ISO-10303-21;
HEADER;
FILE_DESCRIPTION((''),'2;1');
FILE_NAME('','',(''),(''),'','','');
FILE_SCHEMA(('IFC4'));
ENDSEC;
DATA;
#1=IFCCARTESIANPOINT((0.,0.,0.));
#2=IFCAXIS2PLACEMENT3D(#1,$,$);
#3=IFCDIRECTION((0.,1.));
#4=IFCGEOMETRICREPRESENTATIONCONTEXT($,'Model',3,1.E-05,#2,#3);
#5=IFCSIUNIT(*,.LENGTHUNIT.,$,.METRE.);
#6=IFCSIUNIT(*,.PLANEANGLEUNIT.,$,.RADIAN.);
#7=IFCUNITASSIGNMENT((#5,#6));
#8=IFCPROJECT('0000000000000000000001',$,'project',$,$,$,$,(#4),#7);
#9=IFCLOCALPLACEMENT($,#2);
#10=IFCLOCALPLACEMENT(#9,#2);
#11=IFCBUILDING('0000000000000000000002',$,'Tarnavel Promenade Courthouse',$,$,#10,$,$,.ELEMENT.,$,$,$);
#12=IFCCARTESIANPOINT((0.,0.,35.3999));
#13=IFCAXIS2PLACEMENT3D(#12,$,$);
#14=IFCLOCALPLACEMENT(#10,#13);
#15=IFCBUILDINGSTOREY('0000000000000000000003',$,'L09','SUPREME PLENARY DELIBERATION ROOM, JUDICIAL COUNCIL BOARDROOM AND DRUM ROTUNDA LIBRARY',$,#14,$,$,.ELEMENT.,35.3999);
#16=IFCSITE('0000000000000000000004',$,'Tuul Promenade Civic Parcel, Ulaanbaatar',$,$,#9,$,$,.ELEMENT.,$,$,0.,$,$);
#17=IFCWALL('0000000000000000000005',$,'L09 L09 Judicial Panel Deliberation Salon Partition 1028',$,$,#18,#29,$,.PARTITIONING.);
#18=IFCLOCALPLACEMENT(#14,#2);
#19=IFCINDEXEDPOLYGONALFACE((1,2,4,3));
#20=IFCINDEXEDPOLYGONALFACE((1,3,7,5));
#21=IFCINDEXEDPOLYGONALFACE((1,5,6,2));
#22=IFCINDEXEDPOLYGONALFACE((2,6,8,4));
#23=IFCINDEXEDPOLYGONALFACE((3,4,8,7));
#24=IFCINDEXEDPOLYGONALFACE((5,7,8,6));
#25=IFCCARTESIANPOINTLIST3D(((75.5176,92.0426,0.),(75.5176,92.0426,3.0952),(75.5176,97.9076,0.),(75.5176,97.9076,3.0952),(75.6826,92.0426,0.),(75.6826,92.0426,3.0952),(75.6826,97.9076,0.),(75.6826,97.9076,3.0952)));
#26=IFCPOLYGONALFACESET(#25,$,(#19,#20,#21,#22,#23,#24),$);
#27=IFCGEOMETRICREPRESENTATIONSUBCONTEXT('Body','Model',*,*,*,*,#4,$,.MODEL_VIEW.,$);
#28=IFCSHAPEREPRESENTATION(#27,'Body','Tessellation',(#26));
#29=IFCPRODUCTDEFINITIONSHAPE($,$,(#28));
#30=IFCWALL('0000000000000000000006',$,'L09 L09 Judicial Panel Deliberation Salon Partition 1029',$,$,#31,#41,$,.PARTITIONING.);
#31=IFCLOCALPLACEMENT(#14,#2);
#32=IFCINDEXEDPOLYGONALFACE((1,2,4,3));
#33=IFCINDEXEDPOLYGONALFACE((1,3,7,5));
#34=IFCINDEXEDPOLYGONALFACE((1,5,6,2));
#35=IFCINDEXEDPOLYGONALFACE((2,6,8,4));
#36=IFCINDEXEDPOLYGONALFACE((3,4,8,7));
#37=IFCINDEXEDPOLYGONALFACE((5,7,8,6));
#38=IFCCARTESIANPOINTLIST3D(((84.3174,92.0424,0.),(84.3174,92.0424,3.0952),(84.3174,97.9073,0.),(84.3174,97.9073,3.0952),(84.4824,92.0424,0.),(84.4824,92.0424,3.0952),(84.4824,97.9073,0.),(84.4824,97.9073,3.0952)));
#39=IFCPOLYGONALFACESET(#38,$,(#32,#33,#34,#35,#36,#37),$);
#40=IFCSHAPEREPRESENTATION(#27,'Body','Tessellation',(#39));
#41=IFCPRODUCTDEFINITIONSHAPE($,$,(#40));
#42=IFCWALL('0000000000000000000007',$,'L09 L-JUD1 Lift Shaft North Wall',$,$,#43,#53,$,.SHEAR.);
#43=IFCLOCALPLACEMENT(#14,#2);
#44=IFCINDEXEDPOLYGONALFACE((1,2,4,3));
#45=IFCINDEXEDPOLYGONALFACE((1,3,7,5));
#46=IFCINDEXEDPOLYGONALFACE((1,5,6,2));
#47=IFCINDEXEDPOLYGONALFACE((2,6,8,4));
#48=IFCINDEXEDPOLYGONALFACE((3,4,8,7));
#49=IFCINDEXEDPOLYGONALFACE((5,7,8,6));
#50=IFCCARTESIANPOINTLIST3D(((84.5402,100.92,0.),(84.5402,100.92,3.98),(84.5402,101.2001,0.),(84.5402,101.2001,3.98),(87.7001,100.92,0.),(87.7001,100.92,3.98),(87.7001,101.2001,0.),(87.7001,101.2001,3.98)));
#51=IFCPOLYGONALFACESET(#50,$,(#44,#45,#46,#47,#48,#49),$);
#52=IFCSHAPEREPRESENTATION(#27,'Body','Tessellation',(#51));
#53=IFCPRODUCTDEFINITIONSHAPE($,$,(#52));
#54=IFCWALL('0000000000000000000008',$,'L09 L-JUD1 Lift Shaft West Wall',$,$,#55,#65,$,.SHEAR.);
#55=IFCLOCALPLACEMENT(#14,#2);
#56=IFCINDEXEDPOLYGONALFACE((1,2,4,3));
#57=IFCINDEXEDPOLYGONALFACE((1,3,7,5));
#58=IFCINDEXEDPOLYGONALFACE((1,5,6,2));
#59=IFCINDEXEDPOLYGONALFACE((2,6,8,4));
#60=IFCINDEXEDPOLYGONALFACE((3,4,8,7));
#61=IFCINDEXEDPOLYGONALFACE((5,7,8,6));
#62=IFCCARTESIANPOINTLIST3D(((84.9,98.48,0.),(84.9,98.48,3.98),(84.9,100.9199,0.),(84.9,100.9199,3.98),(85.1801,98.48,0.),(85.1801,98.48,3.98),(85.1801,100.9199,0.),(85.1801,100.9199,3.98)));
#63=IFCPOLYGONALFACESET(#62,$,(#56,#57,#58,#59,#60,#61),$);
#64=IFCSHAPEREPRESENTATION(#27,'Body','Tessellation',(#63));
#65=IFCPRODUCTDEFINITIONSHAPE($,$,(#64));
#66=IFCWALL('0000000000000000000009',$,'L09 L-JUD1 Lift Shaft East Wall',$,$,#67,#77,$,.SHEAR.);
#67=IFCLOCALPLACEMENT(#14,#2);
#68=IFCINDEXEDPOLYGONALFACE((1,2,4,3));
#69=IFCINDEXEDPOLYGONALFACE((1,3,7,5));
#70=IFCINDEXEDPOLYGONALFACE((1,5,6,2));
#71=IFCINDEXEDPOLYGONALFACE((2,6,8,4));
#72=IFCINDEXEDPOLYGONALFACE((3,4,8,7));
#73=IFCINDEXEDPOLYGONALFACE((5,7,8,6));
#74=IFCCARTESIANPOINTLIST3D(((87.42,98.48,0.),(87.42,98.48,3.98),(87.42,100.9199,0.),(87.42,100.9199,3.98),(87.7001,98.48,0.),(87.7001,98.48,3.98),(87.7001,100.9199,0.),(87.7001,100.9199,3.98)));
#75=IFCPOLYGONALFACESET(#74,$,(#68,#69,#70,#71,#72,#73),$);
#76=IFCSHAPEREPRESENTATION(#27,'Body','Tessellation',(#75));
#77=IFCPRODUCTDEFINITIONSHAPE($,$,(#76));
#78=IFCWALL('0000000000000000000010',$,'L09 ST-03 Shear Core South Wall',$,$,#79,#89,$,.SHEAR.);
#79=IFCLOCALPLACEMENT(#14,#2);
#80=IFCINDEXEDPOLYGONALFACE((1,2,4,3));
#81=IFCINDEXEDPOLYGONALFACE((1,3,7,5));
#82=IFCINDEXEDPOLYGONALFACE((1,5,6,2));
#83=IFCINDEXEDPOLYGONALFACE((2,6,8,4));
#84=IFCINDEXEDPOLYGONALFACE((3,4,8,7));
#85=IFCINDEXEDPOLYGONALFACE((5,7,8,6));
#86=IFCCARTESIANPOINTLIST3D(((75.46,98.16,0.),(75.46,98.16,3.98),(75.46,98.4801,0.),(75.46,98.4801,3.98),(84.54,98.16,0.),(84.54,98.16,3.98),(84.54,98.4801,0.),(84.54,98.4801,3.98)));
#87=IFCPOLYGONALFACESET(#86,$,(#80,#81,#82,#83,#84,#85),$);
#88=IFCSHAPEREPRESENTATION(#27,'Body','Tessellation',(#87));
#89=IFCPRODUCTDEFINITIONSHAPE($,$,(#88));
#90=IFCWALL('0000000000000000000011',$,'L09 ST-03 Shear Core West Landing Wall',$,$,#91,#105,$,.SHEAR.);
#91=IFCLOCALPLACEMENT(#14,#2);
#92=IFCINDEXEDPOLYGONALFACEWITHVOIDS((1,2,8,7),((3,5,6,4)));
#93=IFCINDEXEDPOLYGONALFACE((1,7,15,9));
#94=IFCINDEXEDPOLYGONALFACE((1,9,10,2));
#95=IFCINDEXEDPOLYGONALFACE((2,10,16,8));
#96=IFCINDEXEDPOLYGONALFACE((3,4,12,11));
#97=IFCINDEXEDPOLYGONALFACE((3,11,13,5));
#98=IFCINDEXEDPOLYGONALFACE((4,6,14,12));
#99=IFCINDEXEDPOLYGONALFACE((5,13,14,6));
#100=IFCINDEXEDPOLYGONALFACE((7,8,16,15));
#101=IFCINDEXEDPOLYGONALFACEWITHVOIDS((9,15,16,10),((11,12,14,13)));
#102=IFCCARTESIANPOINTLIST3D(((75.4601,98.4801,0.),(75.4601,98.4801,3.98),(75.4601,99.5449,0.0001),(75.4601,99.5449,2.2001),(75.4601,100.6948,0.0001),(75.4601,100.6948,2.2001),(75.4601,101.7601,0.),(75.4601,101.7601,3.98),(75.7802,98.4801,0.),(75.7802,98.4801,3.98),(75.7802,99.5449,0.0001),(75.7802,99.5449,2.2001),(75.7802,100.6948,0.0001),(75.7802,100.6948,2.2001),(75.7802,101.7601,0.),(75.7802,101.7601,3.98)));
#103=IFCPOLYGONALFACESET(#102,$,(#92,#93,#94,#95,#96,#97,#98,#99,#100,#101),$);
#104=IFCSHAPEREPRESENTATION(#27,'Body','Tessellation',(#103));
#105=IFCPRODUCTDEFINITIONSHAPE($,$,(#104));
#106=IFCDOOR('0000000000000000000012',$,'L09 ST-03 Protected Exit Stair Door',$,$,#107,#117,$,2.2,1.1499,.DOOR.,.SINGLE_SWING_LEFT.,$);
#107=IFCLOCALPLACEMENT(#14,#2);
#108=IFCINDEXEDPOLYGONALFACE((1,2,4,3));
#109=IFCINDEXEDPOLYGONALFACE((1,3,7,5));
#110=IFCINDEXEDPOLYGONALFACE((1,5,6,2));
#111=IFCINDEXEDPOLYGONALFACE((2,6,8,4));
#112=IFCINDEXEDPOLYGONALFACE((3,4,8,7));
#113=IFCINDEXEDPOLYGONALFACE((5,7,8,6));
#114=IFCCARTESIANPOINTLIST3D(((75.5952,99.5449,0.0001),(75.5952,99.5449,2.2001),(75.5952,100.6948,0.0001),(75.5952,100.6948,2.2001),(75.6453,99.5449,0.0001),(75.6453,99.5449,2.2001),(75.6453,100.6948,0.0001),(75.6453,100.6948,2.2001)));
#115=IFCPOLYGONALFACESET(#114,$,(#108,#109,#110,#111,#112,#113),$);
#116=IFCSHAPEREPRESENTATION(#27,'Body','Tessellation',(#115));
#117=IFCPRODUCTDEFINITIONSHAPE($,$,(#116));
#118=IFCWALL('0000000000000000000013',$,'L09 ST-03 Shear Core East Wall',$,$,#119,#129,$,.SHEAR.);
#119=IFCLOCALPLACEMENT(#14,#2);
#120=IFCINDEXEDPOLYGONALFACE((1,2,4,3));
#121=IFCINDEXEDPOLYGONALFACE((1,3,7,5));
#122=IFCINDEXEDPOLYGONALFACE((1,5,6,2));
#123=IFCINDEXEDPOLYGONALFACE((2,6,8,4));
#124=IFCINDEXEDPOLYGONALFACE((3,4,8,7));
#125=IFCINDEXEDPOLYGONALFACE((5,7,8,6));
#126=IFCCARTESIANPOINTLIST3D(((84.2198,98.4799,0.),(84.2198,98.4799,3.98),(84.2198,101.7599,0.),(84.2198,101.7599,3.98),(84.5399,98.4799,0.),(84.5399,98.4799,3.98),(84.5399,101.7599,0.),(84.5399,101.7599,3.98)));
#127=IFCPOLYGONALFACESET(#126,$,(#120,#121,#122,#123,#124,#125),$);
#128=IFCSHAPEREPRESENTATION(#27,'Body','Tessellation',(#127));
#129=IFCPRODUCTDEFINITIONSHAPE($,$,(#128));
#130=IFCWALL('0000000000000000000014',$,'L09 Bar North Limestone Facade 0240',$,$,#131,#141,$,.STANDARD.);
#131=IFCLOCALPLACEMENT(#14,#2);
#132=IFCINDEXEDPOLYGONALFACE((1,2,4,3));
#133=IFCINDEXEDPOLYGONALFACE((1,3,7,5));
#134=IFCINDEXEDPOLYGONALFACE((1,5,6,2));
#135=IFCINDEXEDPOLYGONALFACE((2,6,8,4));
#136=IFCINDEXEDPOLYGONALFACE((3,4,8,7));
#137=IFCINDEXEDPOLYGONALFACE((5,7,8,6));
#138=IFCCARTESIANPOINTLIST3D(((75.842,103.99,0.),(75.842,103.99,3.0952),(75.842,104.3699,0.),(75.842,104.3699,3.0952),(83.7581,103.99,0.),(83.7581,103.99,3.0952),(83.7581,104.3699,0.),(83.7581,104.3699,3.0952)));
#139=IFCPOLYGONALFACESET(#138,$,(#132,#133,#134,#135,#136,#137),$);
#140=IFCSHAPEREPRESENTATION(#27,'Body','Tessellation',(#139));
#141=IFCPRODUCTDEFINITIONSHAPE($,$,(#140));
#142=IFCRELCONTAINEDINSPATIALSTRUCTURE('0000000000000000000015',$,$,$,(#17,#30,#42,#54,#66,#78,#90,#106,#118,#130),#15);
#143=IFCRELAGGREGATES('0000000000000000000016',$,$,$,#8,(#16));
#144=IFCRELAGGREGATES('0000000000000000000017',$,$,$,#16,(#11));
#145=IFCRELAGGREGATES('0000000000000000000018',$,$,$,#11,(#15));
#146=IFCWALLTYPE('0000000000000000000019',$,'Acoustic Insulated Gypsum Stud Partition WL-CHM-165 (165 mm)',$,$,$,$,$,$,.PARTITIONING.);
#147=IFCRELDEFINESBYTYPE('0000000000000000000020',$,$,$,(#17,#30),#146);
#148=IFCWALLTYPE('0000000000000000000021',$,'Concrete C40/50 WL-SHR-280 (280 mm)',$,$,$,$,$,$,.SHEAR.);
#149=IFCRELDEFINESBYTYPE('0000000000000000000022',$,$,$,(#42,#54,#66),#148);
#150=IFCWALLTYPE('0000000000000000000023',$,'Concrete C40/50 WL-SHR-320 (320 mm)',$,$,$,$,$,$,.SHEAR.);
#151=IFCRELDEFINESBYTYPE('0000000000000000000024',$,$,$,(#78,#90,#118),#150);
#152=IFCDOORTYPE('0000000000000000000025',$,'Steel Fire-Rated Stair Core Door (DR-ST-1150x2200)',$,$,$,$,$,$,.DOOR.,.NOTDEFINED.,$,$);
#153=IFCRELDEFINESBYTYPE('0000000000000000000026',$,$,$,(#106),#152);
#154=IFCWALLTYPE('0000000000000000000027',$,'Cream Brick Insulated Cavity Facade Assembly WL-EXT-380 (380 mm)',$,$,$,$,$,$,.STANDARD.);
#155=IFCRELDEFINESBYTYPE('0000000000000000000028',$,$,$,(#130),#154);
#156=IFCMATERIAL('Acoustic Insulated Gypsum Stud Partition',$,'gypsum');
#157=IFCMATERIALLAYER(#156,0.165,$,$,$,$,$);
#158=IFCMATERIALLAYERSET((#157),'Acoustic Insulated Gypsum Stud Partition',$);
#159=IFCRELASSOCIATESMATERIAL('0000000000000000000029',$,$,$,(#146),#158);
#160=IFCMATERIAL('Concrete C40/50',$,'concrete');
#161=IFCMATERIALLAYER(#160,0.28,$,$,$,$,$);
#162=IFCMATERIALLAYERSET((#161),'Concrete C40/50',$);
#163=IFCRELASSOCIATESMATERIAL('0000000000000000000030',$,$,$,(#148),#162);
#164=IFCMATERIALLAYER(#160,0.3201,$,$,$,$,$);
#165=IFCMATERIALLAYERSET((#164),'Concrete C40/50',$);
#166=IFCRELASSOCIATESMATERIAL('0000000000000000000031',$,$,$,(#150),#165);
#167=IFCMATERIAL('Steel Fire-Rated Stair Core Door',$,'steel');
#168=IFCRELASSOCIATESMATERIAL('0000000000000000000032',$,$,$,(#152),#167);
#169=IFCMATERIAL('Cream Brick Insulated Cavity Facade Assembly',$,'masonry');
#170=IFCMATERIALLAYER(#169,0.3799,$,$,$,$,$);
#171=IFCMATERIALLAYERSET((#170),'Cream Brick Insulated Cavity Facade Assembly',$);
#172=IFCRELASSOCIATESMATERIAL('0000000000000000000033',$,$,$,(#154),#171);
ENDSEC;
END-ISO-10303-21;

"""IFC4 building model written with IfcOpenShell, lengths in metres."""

from ifc_helpers import new_model, si_unit, direction, frame, frame_2d, origin, place, context, subcontext, project, spatial, rectangle, extrude, material, layer, layer_set, type_object, element, fill, save


model = new_model("IFC4")

# Units and contexts
model_context = context("Model", 3, precision=1e-05, world=origin(), true_north=direction((0.0, 1.0)))
body_context = subcontext(model_context, "Body", "Model", "MODEL_VIEW")
ifc_project = project(units=[si_unit("LENGTHUNIT", "METRE"), si_unit("PLANEANGLEUNIT", "RADIAN")], contexts=[model_context])

# Site, building, storey
site_placement = place(None, origin())
site = spatial("IfcSite", under=ifc_project, at=site_placement, Name="Tuul Promenade Civic Parcel, Ulaanbaatar", CompositionType="ELEMENT", RefElevation=0.0)
building_placement = place(site_placement, origin())
building = spatial("IfcBuilding", under=site, at=building_placement, Name="Tarnavel Promenade Courthouse", CompositionType="ELEMENT")
storey_placement = place(building_placement, frame((0.0, 0.0, 35.3999)))
storey = spatial("IfcBuildingStorey", under=building, at=storey_placement, Name="L09", Description="SUPREME PLENARY DELIBERATION ROOM, JUDICIAL COUNCIL BOARDROOM AND DRUM ROTUNDA LIBRARY", CompositionType="ELEMENT", Elevation=35.3999)

# Shared definitions
ifc_material_1 = material(Name="Concrete C40/50", Category="concrete")

# Shared definitions
ifc_material_2 = material(Name="Acoustic Insulated Gypsum Stud Partition", Category="gypsum")
ifc_layer_1 = layer(ifc_material_2, 0.165)
ifc_layer_set_1 = layer_set([ifc_layer_1], Name="Acoustic Insulated Gypsum Stud Partition")
wall_type_1 = type_object("IfcWallType", Name="Acoustic Insulated Gypsum Stud Partition WL-CHM-165 (165 mm)", PredefinedType="PARTITIONING", material=ifc_layer_set_1)

# Walls
for number, where, z_axis, x_axis, name in (
    (1, (75.6001, 92.0425, 0.0), (0.0, 0.0, 1.0), (0.0, 1.0, 0.0), "L09 L09 Judicial Panel Deliberation Salon Partition 1028"),
    (2, (84.3999, 97.9075, 0.0), (0.0, 0.0, 1.0), (0.0, -1.0, 0.0), "L09 L09 Judicial Panel Deliberation Salon Partition 1029"),
):
    element("IfcWall", number, at=place(storey_placement, frame(where, z_axis=z_axis, x_axis=x_axis)), inside=storey, type_object=wall_type_1, Name=name, PredefinedType="PARTITIONING", context=body_context, shape_type="SweptSolid", body=[
        extrude(rectangle(XDim=5.865, YDim=0.165, at=frame_2d((2.9326, 0.0))), origin(), (0.0, 0.0, 1.0), 3.0952),
    ])
ifc_layer_2 = layer(ifc_material_1, 0.28)
ifc_layer_set_2 = layer_set([ifc_layer_2], Name="Concrete C40/50")
wall_type_2 = type_object("IfcWallType", Name="Concrete C40/50 WL-SHR-280 (280 mm)", PredefinedType="SHEAR", material=ifc_layer_set_2)
wall_1_placement = place(storey_placement, frame((84.54, 101.0601, 0.0), z_axis=(0.0, 0.0, 1.0), x_axis=(1.0, 0.0, 0.0)))
element("IfcWall", 3, at=wall_1_placement, inside=storey, type_object=wall_type_2, Name="L09 L-JUD1 Lift Shaft North Wall", PredefinedType="SHEAR", context=body_context, shape_type="SweptSolid", body=[
    extrude(rectangle(XDim=3.1599, YDim=0.28, at=frame_2d((1.5801, 0.0))), origin(), (0.0, 0.0, 1.0), 3.98),
])

# Walls
for number, where, z_axis, x_axis, name in (
    (4, (85.04, 98.48, 0.0), (0.0, 0.0, 1.0), (0.0, 1.0, 0.0), "L09 L-JUD1 Lift Shaft West Wall"),
    (5, (87.5601, 100.9199, 0.0), (0.0, 0.0, 1.0), (0.0, -1.0, 0.0), "L09 L-JUD1 Lift Shaft East Wall"),
):
    element("IfcWall", number, at=place(storey_placement, frame(where, z_axis=z_axis, x_axis=x_axis)), inside=storey, type_object=wall_type_2, Name=name, PredefinedType="SHEAR", context=body_context, shape_type="SweptSolid", body=[
        extrude(rectangle(XDim=2.4399, YDim=0.28, at=frame_2d((1.22, 0.0))), origin(), (0.0, 0.0, 1.0), 3.98),
    ])
ifc_layer_3 = layer(ifc_material_1, 0.3201)
ifc_layer_set_3 = layer_set([ifc_layer_3], Name="Concrete C40/50")
wall_type_3 = type_object("IfcWallType", Name="Concrete C40/50 WL-SHR-320 (320 mm)", PredefinedType="SHEAR", material=ifc_layer_set_3)
wall_2_placement = place(storey_placement, frame((84.54, 98.3201, 0.0), z_axis=(0.0, 0.0, 1.0), x_axis=(-1.0, 0.0, 0.0)))
element("IfcWall", 6, at=wall_2_placement, inside=storey, type_object=wall_type_3, Name="L09 ST-03 Shear Core South Wall", PredefinedType="SHEAR", context=body_context, shape_type="SweptSolid", body=[
    extrude(rectangle(XDim=9.0801, YDim=0.3201, at=frame_2d((4.54, 0.0))), origin(), (0.0, 0.0, 1.0), 3.98),
])

# Wall, opening, door
wall_3_placement = place(storey_placement, frame((75.6201, 98.48, 0.0), z_axis=(0.0, 0.0, 1.0), x_axis=(0.0, 1.0, 0.0)))
wall_3 = element("IfcWall", 7, at=wall_3_placement, inside=storey, type_object=wall_type_3, Name="L09 ST-03 Shear Core West Landing Wall", PredefinedType="SHEAR", context=body_context, shape_type="SweptSolid", body=[
    extrude(rectangle(XDim=3.28, YDim=0.3201, at=frame_2d((1.6401, 0.0))), origin(), (0.0, 0.0, 1.0), 3.98),
])
opening_1_placement = place(wall_3_placement, frame((1.0649, 0.0, 0.0)))
opening_1 = element("IfcOpeningElement", 8, at=opening_1_placement, cuts=wall_3, PredefinedType="OPENING", context=body_context, shape_type="SweptSolid", body=[
    extrude(rectangle(XDim=1.1499, YDim=2.2, at=frame_2d((0.575, 1.1001))), frame((0.0, 0.1699, 0.0), z_axis=(0.0, -1.0, 0.0), x_axis=(1.0, 0.0, 0.0)), (0.0, 0.0, 1.0), 0.3401),
])
ifc_material_3 = material(Name="Steel Fire-Rated Stair Core Door", Category="steel")
door_type_1 = type_object("IfcDoorType", Name="Steel Fire-Rated Stair Core Door (DR-ST-1150x2200)", OperationType="NOTDEFINED", PredefinedType="DOOR", material=ifc_material_3)
door_1_placement = place(opening_1_placement, origin())
door_1 = element("IfcDoor", 9, at=door_1_placement, inside=storey, type_object=door_type_1, Name="L09 ST-03 Protected Exit Stair Door", OperationType="SINGLE_SWING_LEFT", OverallHeight=2.2, OverallWidth=1.1499, PredefinedType="DOOR", context=body_context, shape_type="SweptSolid", body=[
    extrude(rectangle(XDim=1.1499, YDim=2.2, at=frame_2d((0.575, 1.1001))), frame((0.0, 0.0249, 0.0), z_axis=(0.0, -1.0, 0.0), x_axis=(1.0, 0.0, 0.0)), (0.0, 0.0, 1.0), 0.05),
])
fill(opening_1, door_1)

# Walls
wall_4_placement = place(storey_placement, frame((84.3799, 101.76, 0.0), z_axis=(0.0, 0.0, 1.0), x_axis=(0.0, -1.0, 0.0)))
element("IfcWall", 10, at=wall_4_placement, inside=storey, type_object=wall_type_3, Name="L09 ST-03 Shear Core East Wall", PredefinedType="SHEAR", context=body_context, shape_type="SweptSolid", body=[
    extrude(rectangle(XDim=3.28, YDim=0.3201, at=frame_2d((1.6401, 0.0))), origin(), (0.0, 0.0, 1.0), 3.98),
])
ifc_material_4 = material(Name="Cream Brick Insulated Cavity Facade Assembly", Category="masonry")
ifc_layer_4 = layer(ifc_material_4, 0.3799)
ifc_layer_set_4 = layer_set([ifc_layer_4], Name="Cream Brick Insulated Cavity Facade Assembly")
wall_type_4 = type_object("IfcWallType", Name="Cream Brick Insulated Cavity Facade Assembly WL-EXT-380 (380 mm)", PredefinedType="STANDARD", material=ifc_layer_set_4)
wall_5_placement = place(storey_placement, frame((75.842, 104.1799, 0.0), z_axis=(0.0, 0.0, 1.0), x_axis=(1.0, 0.0, 0.0)))
element("IfcWall", 11, at=wall_5_placement, inside=storey, type_object=wall_type_4, Name="L09 Bar North Limestone Facade 0240", PredefinedType="STANDARD", context=body_context, shape_type="SweptSolid", body=[
    extrude(rectangle(XDim=7.916, YDim=0.3799, at=frame_2d((3.958, 0.0))), origin(), (0.0, 0.0, 1.0), 3.0952),
])

save(model, "model.ifc")
